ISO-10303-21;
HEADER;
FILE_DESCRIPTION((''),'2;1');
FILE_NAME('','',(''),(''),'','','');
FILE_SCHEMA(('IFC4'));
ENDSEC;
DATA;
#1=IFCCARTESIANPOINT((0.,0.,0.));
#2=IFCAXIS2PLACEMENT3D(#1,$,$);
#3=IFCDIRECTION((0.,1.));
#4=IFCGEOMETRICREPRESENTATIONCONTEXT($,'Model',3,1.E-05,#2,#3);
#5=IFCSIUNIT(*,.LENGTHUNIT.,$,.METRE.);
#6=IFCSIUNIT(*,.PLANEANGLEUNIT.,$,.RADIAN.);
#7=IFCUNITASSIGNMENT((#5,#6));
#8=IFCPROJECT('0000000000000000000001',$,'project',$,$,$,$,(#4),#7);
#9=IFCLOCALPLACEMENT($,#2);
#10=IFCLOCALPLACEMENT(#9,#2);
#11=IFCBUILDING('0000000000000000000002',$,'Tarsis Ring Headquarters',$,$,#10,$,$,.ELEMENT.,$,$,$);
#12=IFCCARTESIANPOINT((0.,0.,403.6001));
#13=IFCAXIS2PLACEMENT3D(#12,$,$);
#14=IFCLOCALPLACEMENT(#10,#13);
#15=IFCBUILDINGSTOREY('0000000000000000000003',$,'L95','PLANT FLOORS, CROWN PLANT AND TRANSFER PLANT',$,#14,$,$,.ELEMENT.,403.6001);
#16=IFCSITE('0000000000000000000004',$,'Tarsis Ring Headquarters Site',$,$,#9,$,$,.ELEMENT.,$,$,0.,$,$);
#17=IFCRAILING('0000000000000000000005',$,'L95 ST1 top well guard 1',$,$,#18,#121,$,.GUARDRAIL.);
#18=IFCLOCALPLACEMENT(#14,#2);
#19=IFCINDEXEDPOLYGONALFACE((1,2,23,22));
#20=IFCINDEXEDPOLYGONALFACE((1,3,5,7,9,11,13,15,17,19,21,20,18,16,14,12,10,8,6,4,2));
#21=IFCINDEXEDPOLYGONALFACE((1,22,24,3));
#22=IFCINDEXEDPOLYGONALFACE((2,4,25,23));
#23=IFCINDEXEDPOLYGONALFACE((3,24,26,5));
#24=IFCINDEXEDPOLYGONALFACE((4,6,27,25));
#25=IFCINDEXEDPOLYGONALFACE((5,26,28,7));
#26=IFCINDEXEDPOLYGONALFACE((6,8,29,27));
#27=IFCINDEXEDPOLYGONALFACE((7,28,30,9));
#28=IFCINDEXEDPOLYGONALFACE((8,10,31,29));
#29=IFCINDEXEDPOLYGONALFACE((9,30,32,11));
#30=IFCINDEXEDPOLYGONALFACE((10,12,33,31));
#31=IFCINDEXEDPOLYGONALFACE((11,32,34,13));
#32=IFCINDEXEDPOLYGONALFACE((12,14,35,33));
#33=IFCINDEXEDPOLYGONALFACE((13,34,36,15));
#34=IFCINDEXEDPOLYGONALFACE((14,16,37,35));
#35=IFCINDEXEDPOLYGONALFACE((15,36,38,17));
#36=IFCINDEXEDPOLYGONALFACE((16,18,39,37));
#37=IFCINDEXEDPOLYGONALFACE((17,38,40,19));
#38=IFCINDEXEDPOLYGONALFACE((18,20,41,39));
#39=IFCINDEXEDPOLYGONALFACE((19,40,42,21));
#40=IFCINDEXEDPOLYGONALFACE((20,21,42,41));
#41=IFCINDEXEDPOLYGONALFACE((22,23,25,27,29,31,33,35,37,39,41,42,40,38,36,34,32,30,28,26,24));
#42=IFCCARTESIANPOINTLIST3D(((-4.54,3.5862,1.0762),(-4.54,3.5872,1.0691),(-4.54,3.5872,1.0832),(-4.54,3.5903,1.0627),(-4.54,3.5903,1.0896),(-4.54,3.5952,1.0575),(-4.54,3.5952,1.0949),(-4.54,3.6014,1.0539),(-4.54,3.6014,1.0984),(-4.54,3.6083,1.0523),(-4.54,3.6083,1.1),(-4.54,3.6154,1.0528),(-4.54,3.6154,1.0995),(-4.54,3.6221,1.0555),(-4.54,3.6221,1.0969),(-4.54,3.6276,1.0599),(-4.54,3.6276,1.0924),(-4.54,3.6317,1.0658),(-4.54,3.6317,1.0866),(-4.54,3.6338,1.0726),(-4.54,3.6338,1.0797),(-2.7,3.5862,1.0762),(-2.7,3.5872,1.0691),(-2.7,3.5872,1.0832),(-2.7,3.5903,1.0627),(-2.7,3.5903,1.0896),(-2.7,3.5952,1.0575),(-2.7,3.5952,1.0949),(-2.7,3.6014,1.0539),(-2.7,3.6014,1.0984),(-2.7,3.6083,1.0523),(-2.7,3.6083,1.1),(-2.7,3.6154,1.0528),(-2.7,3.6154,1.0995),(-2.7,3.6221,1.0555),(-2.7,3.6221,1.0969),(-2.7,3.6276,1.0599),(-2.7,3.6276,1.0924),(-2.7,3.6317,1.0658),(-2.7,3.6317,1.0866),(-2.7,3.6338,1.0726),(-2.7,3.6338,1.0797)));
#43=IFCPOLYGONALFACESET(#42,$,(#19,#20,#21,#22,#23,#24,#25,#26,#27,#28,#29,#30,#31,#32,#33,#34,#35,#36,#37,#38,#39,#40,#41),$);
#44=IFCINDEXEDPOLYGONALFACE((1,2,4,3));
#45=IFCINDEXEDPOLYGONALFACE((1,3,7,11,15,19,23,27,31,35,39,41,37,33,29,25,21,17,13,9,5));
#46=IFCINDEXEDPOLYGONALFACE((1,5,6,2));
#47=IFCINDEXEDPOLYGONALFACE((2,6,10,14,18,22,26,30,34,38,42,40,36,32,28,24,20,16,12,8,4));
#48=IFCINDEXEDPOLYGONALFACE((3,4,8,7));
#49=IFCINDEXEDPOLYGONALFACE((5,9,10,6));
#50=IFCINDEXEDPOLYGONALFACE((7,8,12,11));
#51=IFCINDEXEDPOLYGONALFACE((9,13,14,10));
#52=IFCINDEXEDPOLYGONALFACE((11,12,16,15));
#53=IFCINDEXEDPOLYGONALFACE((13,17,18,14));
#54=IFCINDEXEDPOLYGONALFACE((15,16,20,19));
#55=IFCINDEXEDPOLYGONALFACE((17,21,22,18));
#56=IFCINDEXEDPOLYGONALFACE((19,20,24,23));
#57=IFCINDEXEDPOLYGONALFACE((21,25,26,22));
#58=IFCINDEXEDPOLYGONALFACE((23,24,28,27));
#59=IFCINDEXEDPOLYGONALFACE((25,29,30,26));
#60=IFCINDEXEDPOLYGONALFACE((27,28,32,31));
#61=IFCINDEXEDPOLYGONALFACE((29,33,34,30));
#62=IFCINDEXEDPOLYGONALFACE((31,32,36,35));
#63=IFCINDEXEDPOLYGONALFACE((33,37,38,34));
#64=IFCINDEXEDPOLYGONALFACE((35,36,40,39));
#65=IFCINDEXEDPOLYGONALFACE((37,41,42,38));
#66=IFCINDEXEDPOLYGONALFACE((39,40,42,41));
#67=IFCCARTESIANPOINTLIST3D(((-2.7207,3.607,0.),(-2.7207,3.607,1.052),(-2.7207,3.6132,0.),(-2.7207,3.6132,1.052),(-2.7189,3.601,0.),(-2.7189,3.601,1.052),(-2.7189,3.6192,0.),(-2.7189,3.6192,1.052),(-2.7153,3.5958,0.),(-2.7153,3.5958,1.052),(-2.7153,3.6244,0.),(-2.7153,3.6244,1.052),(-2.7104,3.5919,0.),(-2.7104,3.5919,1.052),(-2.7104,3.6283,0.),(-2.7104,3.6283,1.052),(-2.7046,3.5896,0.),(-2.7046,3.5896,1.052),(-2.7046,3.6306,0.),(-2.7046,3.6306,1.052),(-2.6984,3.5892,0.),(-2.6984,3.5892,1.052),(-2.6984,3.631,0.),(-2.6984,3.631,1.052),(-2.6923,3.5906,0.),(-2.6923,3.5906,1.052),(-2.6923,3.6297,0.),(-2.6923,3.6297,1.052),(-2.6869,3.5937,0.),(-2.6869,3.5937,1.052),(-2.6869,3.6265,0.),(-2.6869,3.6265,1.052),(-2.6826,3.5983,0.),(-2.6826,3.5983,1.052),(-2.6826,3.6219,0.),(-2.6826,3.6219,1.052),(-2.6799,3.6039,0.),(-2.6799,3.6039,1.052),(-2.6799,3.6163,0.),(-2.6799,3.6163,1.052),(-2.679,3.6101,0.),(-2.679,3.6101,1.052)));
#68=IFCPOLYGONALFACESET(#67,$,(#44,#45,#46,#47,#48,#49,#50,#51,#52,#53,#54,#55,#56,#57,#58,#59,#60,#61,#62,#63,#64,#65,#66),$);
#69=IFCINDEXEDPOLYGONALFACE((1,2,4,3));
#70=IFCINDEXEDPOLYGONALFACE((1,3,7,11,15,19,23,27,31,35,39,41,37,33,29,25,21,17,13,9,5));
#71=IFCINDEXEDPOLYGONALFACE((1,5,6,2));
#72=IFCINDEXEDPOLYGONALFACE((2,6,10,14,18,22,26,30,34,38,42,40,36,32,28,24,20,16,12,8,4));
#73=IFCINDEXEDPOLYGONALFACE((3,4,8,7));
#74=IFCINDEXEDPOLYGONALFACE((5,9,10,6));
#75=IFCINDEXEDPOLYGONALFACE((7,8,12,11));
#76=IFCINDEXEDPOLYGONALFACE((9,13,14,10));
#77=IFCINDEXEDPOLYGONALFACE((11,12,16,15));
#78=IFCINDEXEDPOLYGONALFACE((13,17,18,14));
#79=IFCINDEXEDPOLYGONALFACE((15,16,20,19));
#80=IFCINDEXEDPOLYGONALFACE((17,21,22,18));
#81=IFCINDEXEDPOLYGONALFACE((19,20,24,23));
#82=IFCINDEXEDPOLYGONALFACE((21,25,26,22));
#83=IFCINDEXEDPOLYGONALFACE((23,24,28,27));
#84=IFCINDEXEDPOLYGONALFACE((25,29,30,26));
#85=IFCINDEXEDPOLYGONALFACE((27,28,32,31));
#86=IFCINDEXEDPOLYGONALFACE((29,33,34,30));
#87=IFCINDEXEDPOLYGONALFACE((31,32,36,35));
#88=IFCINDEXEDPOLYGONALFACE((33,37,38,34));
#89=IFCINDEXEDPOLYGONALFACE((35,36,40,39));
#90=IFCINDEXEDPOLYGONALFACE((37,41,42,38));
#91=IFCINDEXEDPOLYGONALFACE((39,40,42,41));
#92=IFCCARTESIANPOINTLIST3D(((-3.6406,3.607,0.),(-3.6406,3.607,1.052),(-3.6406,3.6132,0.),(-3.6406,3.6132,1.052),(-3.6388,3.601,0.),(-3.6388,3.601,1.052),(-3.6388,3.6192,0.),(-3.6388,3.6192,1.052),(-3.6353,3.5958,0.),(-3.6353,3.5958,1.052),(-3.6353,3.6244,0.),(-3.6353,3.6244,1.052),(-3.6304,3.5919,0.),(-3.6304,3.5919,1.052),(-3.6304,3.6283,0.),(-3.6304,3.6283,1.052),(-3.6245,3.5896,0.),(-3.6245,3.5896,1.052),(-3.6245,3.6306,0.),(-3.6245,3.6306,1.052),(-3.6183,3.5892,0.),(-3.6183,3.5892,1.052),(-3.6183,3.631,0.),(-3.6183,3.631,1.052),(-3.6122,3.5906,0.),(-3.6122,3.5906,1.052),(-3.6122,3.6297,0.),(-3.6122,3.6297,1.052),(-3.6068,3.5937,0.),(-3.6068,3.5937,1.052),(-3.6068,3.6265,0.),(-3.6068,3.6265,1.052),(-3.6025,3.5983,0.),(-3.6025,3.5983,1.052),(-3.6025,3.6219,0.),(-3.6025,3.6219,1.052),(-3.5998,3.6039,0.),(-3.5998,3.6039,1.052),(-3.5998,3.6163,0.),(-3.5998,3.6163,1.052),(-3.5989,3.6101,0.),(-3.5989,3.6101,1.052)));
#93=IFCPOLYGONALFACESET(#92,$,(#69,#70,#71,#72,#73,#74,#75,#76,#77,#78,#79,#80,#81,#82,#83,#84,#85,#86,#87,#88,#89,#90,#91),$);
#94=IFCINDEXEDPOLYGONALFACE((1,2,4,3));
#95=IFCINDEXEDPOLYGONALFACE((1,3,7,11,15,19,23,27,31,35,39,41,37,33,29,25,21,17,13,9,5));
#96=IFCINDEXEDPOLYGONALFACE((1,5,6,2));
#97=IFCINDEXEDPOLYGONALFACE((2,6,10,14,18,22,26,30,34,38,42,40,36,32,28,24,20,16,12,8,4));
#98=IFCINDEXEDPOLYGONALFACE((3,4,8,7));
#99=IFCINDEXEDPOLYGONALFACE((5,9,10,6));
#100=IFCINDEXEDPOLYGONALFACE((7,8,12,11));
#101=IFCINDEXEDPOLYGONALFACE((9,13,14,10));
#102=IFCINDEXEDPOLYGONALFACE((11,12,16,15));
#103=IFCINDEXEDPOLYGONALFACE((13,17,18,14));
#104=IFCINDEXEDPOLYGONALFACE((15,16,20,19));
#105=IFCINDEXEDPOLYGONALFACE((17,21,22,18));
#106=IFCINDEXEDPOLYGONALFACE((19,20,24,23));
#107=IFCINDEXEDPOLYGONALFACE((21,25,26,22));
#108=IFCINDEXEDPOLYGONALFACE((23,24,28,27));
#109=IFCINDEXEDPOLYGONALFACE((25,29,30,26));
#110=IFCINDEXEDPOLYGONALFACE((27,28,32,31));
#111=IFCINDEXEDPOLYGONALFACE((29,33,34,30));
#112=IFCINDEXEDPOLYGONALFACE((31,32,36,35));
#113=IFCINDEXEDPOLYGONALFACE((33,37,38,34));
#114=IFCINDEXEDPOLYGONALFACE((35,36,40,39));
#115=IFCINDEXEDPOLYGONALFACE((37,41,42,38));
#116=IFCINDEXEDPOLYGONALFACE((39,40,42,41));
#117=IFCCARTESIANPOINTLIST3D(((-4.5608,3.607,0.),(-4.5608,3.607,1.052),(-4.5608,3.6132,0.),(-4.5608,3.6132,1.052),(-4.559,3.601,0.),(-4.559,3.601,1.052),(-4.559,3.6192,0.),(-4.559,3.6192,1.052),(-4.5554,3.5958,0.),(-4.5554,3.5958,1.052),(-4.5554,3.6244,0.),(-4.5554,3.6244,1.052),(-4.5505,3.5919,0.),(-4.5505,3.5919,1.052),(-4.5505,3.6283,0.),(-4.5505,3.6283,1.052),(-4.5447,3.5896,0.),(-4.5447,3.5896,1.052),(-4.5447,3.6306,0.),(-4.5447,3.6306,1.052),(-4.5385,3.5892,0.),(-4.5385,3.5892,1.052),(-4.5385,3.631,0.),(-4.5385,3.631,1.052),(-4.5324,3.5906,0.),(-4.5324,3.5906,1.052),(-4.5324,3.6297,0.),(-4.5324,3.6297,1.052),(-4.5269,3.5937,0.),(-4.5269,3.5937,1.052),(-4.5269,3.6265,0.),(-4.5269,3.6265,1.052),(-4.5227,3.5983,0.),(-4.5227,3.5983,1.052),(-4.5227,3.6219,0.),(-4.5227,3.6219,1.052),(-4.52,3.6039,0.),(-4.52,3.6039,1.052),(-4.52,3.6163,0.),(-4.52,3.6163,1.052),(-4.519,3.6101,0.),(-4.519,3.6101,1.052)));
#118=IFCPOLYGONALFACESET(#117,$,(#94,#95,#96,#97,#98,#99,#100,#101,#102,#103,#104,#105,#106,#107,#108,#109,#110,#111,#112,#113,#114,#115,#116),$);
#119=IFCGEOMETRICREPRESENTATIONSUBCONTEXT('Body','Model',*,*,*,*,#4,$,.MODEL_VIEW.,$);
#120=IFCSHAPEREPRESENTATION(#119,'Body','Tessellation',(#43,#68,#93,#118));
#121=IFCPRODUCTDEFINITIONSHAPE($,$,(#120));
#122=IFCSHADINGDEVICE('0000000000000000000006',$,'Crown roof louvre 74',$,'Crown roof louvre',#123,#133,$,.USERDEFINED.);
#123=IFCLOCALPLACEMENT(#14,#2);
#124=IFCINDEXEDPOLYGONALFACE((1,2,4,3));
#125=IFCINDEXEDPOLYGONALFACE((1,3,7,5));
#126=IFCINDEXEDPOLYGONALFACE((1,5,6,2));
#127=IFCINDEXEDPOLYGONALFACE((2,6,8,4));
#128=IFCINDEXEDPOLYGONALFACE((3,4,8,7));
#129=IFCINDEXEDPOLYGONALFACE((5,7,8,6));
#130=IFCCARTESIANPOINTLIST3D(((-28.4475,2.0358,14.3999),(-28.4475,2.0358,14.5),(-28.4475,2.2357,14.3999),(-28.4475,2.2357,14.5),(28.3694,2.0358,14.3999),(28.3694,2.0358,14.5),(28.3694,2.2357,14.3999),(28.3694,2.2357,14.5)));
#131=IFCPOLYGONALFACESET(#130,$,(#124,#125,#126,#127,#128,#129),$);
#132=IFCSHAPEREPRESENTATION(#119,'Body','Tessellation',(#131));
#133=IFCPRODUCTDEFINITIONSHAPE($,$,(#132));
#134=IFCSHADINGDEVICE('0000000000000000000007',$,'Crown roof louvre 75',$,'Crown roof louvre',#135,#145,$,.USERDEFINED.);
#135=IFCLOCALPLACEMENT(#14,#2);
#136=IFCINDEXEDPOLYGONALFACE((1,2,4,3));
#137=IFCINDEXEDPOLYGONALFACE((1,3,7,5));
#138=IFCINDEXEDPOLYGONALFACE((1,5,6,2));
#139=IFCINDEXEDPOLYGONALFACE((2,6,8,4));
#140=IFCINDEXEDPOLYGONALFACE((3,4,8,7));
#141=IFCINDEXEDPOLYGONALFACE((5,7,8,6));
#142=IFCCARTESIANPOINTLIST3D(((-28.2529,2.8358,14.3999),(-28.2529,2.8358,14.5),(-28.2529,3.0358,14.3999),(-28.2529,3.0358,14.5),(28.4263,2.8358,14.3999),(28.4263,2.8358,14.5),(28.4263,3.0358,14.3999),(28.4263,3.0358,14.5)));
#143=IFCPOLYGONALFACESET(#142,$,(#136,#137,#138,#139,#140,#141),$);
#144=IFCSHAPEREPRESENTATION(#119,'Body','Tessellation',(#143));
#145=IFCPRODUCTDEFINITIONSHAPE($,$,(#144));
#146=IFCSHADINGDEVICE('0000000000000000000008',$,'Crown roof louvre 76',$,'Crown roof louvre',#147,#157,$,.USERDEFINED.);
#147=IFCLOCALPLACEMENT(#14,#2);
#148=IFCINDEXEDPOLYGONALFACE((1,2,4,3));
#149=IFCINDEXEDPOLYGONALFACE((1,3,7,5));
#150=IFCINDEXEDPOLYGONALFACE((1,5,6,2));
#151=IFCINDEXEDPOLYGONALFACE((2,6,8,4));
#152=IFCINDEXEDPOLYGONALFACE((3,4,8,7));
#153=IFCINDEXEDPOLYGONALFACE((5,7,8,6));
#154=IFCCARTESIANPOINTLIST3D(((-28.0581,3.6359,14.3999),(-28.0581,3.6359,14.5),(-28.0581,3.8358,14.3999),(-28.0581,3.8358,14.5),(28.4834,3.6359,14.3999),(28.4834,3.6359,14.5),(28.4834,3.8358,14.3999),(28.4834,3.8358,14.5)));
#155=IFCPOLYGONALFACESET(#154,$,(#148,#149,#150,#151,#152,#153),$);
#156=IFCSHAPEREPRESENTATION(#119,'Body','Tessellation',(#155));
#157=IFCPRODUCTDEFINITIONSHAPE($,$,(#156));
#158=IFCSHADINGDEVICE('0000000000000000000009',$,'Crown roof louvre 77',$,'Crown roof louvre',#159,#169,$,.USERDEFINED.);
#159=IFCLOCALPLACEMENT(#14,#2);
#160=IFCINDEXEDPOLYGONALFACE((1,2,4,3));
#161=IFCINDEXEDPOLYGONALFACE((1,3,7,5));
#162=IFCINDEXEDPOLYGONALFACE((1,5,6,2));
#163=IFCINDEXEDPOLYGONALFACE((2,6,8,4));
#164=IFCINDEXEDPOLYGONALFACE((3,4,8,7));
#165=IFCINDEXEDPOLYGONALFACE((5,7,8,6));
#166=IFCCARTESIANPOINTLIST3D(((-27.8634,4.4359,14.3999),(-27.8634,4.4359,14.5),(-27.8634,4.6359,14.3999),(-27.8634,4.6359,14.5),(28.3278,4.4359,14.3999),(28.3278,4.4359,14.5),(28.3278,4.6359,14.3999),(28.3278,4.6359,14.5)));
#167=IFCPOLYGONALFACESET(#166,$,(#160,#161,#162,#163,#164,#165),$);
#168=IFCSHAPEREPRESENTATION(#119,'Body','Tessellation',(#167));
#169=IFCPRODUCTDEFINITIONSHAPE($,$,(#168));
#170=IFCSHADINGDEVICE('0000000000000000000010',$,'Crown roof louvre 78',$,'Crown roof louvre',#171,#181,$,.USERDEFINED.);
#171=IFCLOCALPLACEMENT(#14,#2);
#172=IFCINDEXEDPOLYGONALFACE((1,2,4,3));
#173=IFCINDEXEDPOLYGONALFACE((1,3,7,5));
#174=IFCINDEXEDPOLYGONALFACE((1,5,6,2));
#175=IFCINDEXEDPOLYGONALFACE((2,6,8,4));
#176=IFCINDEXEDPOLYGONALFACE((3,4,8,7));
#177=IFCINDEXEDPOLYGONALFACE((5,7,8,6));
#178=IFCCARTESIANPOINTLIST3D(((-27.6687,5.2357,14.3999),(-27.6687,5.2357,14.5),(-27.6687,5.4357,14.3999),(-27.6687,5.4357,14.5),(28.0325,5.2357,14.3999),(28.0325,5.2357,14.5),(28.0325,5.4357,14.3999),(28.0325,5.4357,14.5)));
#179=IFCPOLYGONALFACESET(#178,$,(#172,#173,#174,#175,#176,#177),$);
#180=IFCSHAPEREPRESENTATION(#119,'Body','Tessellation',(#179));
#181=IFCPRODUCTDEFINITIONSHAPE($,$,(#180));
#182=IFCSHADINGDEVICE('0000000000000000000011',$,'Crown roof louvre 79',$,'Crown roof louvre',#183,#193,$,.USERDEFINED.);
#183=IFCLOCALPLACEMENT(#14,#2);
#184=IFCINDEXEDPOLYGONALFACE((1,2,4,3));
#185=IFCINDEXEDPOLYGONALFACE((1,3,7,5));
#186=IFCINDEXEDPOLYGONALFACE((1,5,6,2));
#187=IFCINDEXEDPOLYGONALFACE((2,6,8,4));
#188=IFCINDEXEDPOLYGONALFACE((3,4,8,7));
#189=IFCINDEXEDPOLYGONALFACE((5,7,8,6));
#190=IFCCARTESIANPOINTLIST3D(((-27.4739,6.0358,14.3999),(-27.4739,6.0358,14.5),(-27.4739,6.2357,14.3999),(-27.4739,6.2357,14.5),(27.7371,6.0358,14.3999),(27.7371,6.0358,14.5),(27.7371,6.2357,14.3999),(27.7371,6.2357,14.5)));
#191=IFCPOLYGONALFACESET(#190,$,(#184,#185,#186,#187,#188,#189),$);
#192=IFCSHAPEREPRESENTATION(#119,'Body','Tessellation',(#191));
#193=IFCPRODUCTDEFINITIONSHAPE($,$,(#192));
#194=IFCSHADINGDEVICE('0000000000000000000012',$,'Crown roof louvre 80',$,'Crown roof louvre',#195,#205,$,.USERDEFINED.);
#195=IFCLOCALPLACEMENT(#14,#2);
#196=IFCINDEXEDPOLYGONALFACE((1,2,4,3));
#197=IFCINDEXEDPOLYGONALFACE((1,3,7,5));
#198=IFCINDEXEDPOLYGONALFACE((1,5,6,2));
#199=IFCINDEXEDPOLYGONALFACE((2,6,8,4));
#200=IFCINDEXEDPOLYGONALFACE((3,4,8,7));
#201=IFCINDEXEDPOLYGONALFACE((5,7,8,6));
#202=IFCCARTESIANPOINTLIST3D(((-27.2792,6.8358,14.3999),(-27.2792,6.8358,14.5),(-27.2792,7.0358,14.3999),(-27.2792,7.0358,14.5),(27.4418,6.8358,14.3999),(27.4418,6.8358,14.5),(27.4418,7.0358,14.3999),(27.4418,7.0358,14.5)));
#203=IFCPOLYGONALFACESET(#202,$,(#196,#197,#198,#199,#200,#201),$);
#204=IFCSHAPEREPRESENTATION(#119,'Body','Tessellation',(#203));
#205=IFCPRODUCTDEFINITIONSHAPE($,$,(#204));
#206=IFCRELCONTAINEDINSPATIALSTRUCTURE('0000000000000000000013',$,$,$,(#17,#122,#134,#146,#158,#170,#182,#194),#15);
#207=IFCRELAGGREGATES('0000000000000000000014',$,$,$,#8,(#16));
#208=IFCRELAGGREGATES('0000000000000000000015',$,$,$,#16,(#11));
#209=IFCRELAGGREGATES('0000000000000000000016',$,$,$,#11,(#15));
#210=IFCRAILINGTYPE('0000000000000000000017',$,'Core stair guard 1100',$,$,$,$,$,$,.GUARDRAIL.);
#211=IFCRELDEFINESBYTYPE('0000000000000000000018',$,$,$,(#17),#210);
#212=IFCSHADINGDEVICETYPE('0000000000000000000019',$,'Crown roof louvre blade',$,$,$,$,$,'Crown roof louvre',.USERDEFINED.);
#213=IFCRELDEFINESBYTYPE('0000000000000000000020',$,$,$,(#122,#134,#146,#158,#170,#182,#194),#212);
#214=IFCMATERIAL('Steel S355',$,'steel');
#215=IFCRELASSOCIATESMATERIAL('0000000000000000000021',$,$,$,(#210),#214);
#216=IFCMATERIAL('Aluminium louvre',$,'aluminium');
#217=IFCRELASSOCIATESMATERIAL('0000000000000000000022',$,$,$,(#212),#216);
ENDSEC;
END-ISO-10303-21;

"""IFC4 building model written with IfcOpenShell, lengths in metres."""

from ifc_helpers import new_model, si_unit, direction, frame, origin, origin_2d, place, context, subcontext, project, spatial, rectangle, circle, extrude, material, type_object, element, save


model = new_model("IFC4")

# Units and contexts
model_context = context("Model", 3, precision=1e-05, world=origin(), true_north=direction((0.0, 1.0)))
body_context = subcontext(model_context, "Body", "Model", "MODEL_VIEW")
ifc_project = project(units=[si_unit("LENGTHUNIT", "METRE"), si_unit("PLANEANGLEUNIT", "RADIAN")], contexts=[model_context])

# Site, building, storey
site_placement = place(None, origin())
site = spatial("IfcSite", under=ifc_project, at=site_placement, Name="Tarsis Ring Headquarters Site", CompositionType="ELEMENT", RefElevation=0.0)
building_placement = place(site_placement, origin())
building = spatial("IfcBuilding", under=site, at=building_placement, Name="Tarsis Ring Headquarters", CompositionType="ELEMENT")
storey_placement = place(building_placement, frame((0.0, 0.0, 403.6001)))
storey = spatial("IfcBuildingStorey", under=building, at=storey_placement, Name="L95", Description="PLANT FLOORS, CROWN PLANT AND TRANSFER PLANT", CompositionType="ELEMENT", Elevation=403.6001)

# Shared definitions
ifc_material_1 = material(Name="Steel S355", Category="steel")

# Railing
railing_type = type_object("IfcRailingType", Name="Core stair guard 1100", PredefinedType="GUARDRAIL", material=ifc_material_1)
railing_placement = place(storey_placement, frame((-2.7, 3.6101, 0.0)))
element("IfcRailing", 1, at=railing_placement, inside=storey, type_object=railing_type, Name="L95 ST1 top well guard 1", PredefinedType="GUARDRAIL", context=body_context, shape_type="SweptSolid", body=[
    extrude(circle(Radius=0.0239, at=origin_2d()), frame((0.0, 0.0, 1.0762), z_axis=(-1.0, 0.0, 0.0), x_axis=(0.0, -1.0, 0.0)), (0.0, 0.0, 1.0), 1.8401),
    extrude(circle(Radius=0.021, at=origin_2d()), origin(), (0.0, 0.0, 1.0), 1.052),
    extrude(circle(Radius=0.021, at=origin_2d()), frame((-0.9199, 0.0, 0.0)), (0.0, 0.0, 1.0), 1.052),
    extrude(circle(Radius=0.021, at=origin_2d()), frame((-1.8401, 0.0, 0.0)), (0.0, 0.0, 1.0), 1.052),
])

# Shading devices
ifc_material_2 = material(Name="Aluminium louvre", Category="aluminium")
shading_device_type = type_object("IfcShadingDeviceType", Name="Crown roof louvre blade", ElementType="Crown roof louvre", PredefinedType="USERDEFINED", material=ifc_material_2)
shading_device_1_placement = place(storey_placement, frame((-0.0391, 2.1357, 14.3999), z_axis=(0.0, 0.0, 1.0), x_axis=(1.0, 0.0, 0.0)))
element("IfcShadingDevice", 2, at=shading_device_1_placement, inside=storey, type_object=shading_device_type, Name="Crown roof louvre 74", ObjectType="Crown roof louvre", PredefinedType="USERDEFINED", context=body_context, shape_type="SweptSolid", body=[
    extrude(rectangle(XDim=56.8169, YDim=0.2, at=origin_2d()), origin(), (0.0, 0.0, 1.0), 0.1001),
])
shading_device_2_placement = place(storey_placement, frame((0.0867, 2.9358, 14.3999), z_axis=(0.0, 0.0, 1.0), x_axis=(1.0, 0.0, 0.0)))
element("IfcShadingDevice", 3, at=shading_device_2_placement, inside=storey, type_object=shading_device_type, Name="Crown roof louvre 75", ObjectType="Crown roof louvre", PredefinedType="USERDEFINED", context=body_context, shape_type="SweptSolid", body=[
    extrude(rectangle(XDim=56.6792, YDim=0.2, at=origin_2d()), origin(), (0.0, 0.0, 1.0), 0.1001),
])
shading_device_3_placement = place(storey_placement, frame((0.2126, 3.7358, 14.3999), z_axis=(0.0, 0.0, 1.0), x_axis=(1.0, 0.0, 0.0)))
element("IfcShadingDevice", 4, at=shading_device_3_placement, inside=storey, type_object=shading_device_type, Name="Crown roof louvre 76", ObjectType="Crown roof louvre", PredefinedType="USERDEFINED", context=body_context, shape_type="SweptSolid", body=[
    extrude(rectangle(XDim=56.5415, YDim=0.2, at=origin_2d()), origin(), (0.0, 0.0, 1.0), 0.1001),
])
shading_device_4_placement = place(storey_placement, frame((0.2322, 4.5359, 14.3999), z_axis=(0.0, 0.0, 1.0), x_axis=(1.0, 0.0, 0.0)))
element("IfcShadingDevice", 5, at=shading_device_4_placement, inside=storey, type_object=shading_device_type, Name="Crown roof louvre 77", ObjectType="Crown roof louvre", PredefinedType="USERDEFINED", context=body_context, shape_type="SweptSolid", body=[
    extrude(rectangle(XDim=56.1912, YDim=0.2, at=origin_2d()), origin(), (0.0, 0.0, 1.0), 0.1001),
])
shading_device_5_placement = place(storey_placement, frame((0.1819, 5.3357, 14.3999), z_axis=(0.0, 0.0, 1.0), x_axis=(1.0, 0.0, 0.0)))
element("IfcShadingDevice", 6, at=shading_device_5_placement, inside=storey, type_object=shading_device_type, Name="Crown roof louvre 78", ObjectType="Crown roof louvre", PredefinedType="USERDEFINED", context=body_context, shape_type="SweptSolid", body=[
    extrude(rectangle(XDim=55.7012, YDim=0.2, at=origin_2d()), origin(), (0.0, 0.0, 1.0), 0.1001),
])
shading_device_6_placement = place(storey_placement, frame((0.1316, 6.1357, 14.3999), z_axis=(0.0, 0.0, 1.0), x_axis=(1.0, 0.0, 0.0)))
element("IfcShadingDevice", 7, at=shading_device_6_placement, inside=storey, type_object=shading_device_type, Name="Crown roof louvre 79", ObjectType="Crown roof louvre", PredefinedType="USERDEFINED", context=body_context, shape_type="SweptSolid", body=[
    extrude(rectangle(XDim=55.2109, YDim=0.2, at=origin_2d()), origin(), (0.0, 0.0, 1.0), 0.1001),
])
shading_device_7_placement = place(storey_placement, frame((0.0813, 6.9358, 14.3999), z_axis=(0.0, 0.0, 1.0), x_axis=(1.0, 0.0, 0.0)))
element("IfcShadingDevice", 8, at=shading_device_7_placement, inside=storey, type_object=shading_device_type, Name="Crown roof louvre 80", ObjectType="Crown roof louvre", PredefinedType="USERDEFINED", context=body_context, shape_type="SweptSolid", body=[
    extrude(rectangle(XDim=54.7209, YDim=0.2, at=origin_2d()), origin(), (0.0, 0.0, 1.0), 0.1001),
])

save(model, "model.ifc")
